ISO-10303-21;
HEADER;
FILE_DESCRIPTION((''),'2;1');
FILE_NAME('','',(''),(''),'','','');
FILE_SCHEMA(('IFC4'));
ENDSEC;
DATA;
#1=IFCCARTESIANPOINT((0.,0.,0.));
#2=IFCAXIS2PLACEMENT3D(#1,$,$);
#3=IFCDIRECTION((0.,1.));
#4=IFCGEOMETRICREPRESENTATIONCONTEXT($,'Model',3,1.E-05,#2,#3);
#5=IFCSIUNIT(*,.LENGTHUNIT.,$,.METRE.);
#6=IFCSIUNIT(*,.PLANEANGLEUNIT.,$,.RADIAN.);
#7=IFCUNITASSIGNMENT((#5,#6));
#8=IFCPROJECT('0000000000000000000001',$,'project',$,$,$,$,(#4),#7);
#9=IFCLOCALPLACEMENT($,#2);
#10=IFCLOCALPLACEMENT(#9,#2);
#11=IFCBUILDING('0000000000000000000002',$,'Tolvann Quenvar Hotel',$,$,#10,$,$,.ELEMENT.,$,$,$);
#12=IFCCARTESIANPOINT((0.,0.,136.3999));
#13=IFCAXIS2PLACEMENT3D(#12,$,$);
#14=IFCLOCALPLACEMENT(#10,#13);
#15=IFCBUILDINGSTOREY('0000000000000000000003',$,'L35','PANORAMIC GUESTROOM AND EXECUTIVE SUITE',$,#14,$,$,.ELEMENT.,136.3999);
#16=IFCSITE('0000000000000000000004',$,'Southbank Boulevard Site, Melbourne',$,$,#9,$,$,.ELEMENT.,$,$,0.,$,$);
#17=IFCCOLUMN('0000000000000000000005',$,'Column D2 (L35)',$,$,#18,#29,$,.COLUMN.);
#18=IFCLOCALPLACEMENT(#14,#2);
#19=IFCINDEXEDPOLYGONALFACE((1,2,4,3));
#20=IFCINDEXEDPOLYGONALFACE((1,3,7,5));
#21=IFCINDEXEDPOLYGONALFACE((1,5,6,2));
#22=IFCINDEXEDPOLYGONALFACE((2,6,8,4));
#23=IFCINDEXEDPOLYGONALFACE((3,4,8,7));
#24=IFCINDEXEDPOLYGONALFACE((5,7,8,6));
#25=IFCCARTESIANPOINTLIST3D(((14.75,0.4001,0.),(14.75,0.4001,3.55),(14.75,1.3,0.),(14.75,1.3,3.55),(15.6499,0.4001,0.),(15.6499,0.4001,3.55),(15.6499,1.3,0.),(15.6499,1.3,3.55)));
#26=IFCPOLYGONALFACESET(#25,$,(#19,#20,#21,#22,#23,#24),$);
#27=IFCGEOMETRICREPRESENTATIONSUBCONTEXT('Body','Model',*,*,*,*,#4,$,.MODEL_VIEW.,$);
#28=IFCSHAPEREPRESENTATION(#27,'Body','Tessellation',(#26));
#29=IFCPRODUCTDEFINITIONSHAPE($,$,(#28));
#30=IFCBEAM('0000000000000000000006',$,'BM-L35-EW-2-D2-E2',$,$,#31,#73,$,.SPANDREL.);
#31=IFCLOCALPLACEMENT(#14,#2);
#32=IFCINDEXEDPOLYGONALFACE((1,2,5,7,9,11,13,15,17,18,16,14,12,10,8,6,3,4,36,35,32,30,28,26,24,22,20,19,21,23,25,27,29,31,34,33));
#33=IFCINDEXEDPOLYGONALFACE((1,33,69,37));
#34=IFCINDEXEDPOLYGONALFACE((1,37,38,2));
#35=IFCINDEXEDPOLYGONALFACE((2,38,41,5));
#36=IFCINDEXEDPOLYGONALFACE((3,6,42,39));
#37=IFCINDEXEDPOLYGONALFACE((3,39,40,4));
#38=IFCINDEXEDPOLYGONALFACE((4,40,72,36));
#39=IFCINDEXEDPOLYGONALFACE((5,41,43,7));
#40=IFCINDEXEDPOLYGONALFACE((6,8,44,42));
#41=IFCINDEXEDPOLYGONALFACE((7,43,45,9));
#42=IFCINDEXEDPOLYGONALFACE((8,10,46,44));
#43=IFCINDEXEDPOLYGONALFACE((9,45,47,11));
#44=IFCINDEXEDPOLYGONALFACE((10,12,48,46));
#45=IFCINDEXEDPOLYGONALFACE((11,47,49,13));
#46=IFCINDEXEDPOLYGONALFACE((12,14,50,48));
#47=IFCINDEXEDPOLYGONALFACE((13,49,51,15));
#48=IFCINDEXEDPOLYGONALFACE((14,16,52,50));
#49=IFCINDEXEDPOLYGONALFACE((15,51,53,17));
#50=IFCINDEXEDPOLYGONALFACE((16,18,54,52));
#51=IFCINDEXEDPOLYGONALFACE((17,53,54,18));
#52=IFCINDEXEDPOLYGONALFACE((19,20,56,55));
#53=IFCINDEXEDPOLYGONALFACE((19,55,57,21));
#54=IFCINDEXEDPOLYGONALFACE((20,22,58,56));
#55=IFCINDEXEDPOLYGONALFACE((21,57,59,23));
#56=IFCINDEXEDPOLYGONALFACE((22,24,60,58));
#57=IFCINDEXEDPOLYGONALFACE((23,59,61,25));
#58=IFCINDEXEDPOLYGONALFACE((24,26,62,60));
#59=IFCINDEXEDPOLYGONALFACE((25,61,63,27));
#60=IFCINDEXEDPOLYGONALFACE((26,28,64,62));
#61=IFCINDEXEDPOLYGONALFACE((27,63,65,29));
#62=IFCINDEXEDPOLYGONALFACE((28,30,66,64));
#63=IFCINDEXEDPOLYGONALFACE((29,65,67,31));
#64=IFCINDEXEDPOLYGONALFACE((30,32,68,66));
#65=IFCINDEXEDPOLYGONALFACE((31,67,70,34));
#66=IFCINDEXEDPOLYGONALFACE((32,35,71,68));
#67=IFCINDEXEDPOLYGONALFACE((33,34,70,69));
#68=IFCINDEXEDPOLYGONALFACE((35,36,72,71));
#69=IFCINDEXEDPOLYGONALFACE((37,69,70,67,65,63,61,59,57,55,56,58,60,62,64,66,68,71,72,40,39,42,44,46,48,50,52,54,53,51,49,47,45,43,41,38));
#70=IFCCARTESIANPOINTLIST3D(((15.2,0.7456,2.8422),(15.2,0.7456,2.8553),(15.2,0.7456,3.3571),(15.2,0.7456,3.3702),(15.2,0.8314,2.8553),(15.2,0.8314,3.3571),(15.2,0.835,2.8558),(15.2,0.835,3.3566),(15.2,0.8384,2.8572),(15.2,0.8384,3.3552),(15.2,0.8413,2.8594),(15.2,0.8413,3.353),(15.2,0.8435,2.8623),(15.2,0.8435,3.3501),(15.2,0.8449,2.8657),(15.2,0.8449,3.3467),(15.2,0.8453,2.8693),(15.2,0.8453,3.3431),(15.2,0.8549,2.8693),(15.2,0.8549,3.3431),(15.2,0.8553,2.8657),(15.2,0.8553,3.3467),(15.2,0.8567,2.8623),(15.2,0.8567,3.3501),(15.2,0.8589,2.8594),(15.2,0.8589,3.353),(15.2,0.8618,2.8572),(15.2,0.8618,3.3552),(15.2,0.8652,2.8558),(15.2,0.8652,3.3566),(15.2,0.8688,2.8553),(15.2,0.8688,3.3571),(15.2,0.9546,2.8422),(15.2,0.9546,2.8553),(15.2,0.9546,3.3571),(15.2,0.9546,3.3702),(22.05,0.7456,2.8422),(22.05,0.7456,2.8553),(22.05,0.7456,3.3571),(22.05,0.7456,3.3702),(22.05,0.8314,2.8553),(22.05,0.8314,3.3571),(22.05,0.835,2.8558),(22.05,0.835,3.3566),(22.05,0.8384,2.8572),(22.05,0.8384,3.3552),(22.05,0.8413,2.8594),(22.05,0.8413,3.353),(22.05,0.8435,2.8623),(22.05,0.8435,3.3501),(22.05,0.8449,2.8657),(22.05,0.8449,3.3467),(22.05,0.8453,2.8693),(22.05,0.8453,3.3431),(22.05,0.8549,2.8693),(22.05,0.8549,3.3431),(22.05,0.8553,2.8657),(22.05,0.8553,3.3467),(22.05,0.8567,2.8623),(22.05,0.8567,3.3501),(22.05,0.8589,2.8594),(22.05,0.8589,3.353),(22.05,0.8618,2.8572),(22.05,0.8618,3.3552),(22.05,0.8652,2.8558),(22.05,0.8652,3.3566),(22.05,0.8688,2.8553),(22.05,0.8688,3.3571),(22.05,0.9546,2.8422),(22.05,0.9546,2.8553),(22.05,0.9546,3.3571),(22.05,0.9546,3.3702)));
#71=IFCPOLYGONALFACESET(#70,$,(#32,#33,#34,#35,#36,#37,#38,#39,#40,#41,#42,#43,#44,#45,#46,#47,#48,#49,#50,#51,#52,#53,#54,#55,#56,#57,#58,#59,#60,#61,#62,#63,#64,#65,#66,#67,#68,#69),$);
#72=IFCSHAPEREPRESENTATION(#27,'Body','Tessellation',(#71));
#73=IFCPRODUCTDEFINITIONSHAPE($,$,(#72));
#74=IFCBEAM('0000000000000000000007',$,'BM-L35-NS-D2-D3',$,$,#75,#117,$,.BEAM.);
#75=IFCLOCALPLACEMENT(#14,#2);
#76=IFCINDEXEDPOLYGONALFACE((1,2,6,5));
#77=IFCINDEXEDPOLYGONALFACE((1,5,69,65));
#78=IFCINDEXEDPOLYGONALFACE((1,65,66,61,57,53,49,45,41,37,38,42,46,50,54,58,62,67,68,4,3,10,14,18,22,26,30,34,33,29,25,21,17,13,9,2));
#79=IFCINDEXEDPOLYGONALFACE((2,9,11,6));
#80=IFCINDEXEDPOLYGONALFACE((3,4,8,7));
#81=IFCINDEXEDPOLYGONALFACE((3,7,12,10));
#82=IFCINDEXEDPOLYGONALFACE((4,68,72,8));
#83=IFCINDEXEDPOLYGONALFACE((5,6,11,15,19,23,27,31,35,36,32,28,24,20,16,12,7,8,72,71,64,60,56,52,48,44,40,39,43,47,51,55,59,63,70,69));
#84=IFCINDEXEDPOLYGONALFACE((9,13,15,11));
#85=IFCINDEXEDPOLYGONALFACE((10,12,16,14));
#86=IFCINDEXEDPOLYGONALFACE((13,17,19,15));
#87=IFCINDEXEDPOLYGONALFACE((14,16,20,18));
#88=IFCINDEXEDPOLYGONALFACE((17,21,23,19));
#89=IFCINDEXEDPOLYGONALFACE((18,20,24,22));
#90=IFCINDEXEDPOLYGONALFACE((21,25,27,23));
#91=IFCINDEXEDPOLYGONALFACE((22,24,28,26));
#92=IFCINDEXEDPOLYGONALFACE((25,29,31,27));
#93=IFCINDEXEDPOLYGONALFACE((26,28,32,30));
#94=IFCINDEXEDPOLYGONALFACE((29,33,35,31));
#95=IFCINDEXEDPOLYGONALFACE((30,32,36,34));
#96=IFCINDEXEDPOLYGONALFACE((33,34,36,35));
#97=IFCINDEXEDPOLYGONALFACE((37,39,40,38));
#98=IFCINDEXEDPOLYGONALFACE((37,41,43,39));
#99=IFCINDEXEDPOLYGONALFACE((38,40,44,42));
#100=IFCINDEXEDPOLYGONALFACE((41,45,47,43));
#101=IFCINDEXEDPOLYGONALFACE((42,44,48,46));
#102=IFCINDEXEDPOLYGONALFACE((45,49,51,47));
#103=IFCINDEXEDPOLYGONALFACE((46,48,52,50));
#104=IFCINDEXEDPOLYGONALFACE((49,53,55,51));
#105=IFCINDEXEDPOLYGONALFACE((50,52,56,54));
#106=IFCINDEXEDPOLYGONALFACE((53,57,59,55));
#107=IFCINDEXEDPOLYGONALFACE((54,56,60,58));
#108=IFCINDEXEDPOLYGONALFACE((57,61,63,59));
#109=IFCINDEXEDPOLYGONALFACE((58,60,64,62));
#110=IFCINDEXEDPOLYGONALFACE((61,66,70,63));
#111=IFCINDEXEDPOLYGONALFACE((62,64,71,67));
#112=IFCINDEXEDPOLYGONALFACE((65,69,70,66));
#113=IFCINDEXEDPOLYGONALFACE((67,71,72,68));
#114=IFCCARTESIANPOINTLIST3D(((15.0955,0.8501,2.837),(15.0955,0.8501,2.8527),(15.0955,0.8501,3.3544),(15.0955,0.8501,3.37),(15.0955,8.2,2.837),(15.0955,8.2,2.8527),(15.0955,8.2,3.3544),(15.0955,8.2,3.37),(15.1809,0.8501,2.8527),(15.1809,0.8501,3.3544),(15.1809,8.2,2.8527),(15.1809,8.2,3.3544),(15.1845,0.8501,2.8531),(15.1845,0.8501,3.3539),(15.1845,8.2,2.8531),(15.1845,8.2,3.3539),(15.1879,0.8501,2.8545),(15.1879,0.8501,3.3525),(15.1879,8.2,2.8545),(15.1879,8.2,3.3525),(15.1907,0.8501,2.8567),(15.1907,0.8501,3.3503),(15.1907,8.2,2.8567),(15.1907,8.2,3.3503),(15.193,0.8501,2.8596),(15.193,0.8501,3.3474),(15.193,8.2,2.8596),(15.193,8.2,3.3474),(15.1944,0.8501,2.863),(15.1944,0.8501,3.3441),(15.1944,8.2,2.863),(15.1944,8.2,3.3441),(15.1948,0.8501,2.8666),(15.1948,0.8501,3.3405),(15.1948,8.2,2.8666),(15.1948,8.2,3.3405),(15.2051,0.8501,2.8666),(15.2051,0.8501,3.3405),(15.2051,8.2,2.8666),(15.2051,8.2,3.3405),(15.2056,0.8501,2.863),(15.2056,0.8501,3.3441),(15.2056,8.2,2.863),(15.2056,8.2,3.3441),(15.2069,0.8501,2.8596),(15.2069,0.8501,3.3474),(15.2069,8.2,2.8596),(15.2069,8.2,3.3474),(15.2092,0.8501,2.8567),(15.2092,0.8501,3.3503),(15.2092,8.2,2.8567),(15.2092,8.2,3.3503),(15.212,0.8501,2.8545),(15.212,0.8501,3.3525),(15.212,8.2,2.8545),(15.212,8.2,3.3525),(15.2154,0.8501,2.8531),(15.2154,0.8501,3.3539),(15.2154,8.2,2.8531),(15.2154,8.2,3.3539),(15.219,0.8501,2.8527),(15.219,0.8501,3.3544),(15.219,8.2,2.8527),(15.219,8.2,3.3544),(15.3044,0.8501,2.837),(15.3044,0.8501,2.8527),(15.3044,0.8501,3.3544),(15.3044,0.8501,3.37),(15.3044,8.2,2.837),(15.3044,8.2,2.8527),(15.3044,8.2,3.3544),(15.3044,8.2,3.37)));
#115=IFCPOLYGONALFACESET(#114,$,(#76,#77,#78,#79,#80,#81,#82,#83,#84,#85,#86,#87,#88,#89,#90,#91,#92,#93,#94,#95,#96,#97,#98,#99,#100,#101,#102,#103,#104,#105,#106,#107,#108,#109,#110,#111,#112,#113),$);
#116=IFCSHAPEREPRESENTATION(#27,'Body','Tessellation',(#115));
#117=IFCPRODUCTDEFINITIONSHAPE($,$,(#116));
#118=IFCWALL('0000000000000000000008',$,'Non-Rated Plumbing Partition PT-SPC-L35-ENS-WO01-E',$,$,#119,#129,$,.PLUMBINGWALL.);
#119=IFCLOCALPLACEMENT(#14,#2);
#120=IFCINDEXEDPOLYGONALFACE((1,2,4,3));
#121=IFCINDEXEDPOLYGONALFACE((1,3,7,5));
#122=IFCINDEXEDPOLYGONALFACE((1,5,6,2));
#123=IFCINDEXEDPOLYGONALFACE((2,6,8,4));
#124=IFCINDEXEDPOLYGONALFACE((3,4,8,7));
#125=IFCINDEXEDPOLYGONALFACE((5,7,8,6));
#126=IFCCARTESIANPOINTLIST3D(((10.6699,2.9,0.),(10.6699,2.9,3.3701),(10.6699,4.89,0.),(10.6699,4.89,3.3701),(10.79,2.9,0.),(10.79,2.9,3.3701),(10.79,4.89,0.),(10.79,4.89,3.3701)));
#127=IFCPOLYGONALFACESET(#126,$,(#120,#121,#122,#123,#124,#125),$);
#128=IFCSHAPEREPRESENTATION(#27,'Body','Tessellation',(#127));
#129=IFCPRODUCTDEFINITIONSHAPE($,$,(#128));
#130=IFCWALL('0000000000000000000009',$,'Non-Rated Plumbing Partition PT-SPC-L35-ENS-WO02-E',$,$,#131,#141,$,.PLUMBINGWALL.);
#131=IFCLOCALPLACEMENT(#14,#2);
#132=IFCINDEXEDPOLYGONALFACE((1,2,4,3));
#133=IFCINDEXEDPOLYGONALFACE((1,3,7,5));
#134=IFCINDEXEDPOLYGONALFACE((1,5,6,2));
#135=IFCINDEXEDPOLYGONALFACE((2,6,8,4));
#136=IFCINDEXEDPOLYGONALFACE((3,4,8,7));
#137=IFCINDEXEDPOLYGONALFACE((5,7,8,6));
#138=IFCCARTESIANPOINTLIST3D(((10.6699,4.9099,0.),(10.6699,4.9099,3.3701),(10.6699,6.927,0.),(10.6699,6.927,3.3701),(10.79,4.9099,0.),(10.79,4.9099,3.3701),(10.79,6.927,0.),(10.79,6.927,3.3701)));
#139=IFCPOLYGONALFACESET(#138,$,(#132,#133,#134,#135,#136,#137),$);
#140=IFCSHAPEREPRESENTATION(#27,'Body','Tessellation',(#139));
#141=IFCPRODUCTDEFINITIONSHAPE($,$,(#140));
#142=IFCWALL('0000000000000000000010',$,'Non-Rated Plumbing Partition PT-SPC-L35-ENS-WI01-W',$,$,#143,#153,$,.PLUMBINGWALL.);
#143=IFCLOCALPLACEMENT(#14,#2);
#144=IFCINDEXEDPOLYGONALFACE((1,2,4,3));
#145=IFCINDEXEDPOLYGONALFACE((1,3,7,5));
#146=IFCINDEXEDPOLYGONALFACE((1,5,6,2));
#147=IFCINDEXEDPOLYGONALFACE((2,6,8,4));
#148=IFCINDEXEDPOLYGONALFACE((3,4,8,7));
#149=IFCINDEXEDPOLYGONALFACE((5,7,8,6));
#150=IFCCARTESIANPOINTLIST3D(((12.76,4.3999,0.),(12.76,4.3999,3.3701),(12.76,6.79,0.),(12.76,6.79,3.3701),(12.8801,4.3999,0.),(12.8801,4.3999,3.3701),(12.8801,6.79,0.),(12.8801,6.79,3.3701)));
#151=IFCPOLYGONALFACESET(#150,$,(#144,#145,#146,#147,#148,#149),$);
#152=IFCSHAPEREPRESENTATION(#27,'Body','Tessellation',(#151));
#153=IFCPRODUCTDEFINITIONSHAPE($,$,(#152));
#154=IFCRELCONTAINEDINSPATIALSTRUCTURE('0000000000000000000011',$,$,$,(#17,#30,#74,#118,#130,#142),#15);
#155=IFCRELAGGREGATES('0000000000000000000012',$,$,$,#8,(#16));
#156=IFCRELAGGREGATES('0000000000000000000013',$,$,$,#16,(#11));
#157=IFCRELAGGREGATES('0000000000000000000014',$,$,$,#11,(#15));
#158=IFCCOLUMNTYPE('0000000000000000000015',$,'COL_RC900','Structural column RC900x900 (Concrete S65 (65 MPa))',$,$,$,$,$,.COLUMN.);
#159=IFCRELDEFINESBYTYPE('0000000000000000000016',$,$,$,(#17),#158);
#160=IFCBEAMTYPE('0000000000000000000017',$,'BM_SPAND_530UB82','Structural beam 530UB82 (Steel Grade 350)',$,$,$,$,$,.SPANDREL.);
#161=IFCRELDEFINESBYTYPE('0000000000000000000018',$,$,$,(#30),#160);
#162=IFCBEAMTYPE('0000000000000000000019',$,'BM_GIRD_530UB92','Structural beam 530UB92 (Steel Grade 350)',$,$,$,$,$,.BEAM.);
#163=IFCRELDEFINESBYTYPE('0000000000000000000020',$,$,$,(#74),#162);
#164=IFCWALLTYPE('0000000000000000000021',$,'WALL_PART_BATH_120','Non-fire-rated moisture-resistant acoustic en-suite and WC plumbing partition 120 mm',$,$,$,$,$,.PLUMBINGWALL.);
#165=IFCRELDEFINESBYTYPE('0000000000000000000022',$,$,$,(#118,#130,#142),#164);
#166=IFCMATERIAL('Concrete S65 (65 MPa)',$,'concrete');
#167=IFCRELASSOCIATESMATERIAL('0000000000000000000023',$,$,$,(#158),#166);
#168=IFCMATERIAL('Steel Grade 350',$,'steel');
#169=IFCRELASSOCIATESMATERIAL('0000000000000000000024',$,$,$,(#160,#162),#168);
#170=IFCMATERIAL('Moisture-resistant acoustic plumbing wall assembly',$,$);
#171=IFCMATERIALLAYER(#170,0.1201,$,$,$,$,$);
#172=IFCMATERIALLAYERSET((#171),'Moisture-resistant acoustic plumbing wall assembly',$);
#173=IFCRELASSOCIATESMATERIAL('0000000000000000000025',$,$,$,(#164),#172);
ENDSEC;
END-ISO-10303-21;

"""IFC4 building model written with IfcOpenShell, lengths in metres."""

from ifc_helpers import new_model, si_unit, direction, frame, frame_2d, origin, origin_2d, place, context, subcontext, project, spatial, rectangle, i_section, extrude, source, transform, mapped, material, layer, layer_set, material_profile, profile_set, type_object, type_shapes, element, save


model = new_model("IFC4")

# Units and contexts
model_context = context("Model", 3, precision=1e-05, world=origin(), true_north=direction((0.0, 1.0)))
body_context = subcontext(model_context, "Body", "Model", "MODEL_VIEW")
ifc_project = project(units=[si_unit("LENGTHUNIT", "METRE"), si_unit("PLANEANGLEUNIT", "RADIAN")], contexts=[model_context])

# Site, building, storey
site_placement = place(None, origin())
site = spatial("IfcSite", under=ifc_project, at=site_placement, Name="Southbank Boulevard Site, Melbourne", CompositionType="ELEMENT", RefElevation=0.0)
building_placement = place(site_placement, origin())
building = spatial("IfcBuilding", under=site, at=building_placement, Name="Tolvann Quenvar Hotel", CompositionType="ELEMENT")
storey_placement = place(building_placement, frame((0.0, 0.0, 136.3999)))
storey = spatial("IfcBuildingStorey", under=building, at=storey_placement, Name="L35", Description="PANORAMIC GUESTROOM AND EXECUTIVE SUITE", CompositionType="ELEMENT", Elevation=136.3999)

# Column
ifc_material_1 = material(Name="Concrete S65 (65 MPa)", Category="concrete")
ifc_material_profile_1 = material_profile(ifc_material_1, rectangle(XDim=0.8999, YDim=0.8999, at=origin_2d()), Name="RC900x900")
ifc_profile_set_1 = profile_set([ifc_material_profile_1], Name="Concrete S65 (65 MPa)")
column_type = type_object("IfcColumnType", Name="COL_RC900", Description="Structural column RC900x900 (Concrete S65 (65 MPa))", PredefinedType="COLUMN", material=ifc_profile_set_1)
shared_shape_1 = source(origin(), body_context, "Body", "SweptSolid", [
    extrude(rectangle(XDim=0.8999, YDim=0.8999, at=origin_2d()), origin(), (0.0, 0.0, 1.0), 3.55),
])
type_shapes(column_type, [shared_shape_1])
column_placement = place(storey_placement, frame((15.2, 0.8501, 0.0), z_axis=(0.0, 0.0, 1.0), x_axis=(1.0, 0.0, 0.0)))
element("IfcColumn", 1, at=column_placement, inside=storey, type_object=column_type, Name="Column D2 (L35)", PredefinedType="COLUMN", context=body_context, shape_type="MappedRepresentation", body=[
    mapped(shared_shape_1, transform((0.0, 0.0, 0.0), x_axis=(1.0, 0.0, 0.0), y_axis=(0.0, 1.0, 0.0), z_axis=(0.0, 0.0, 1.0), scale=1.0)),
])

# Beams
ifc_material_2 = material(Name="Steel Grade 350", Category="steel")
ifc_material_profile_2 = material_profile(ifc_material_2, i_section(OverallWidth=0.209, OverallDepth=0.5281, WebThickness=0.0095, FlangeThickness=0.0132, FilletRadius=0.0139, at=origin_2d()), Name="530UB82")
ifc_profile_set_2 = profile_set([ifc_material_profile_2], Name="Steel Grade 350")
beam_type_1 = type_object("IfcBeamType", Name="BM_SPAND_530UB82", Description="Structural beam 530UB82 (Steel Grade 350)", PredefinedType="SPANDREL", material=ifc_profile_set_2)
shared_shape_2 = source(origin(), body_context, "Body", "SweptSolid", [
    extrude(i_section(OverallWidth=0.209, OverallDepth=0.5281, WebThickness=0.0095, FlangeThickness=0.0132, FilletRadius=0.0139, at=origin_2d()), origin(), (0.0, 0.0, 1.0), 6.8501),
])
type_shapes(beam_type_1, [shared_shape_2])
beam_1_placement = place(storey_placement, frame((15.2, 0.8501, 3.1062), z_axis=(1.0, 0.0, 0.0), x_axis=(0.0, 1.0, 0.0)))
element("IfcBeam", 2, at=beam_1_placement, inside=storey, type_object=beam_type_1, Name="BM-L35-EW-2-D2-E2", PredefinedType="SPANDREL", context=body_context, shape_type="MappedRepresentation", body=[
    mapped(shared_shape_2, transform((0.0, 0.0, 0.0), x_axis=(1.0, 0.0, 0.0), y_axis=(0.0, 1.0, 0.0), z_axis=(0.0, 0.0, 1.0), scale=1.0)),
])
ifc_material_profile_3 = material_profile(ifc_material_2, i_section(OverallWidth=0.209, OverallDepth=0.533, WebThickness=0.0103, FlangeThickness=0.0156, FilletRadius=0.0139, at=origin_2d()), Name="530UB92")
ifc_profile_set_3 = profile_set([ifc_material_profile_3], Name="Steel Grade 350")
beam_type_2 = type_object("IfcBeamType", Name="BM_GIRD_530UB92", Description="Structural beam 530UB92 (Steel Grade 350)", PredefinedType="BEAM", material=ifc_profile_set_3)
shared_shape_3 = source(origin(), body_context, "Body", "SweptSolid", [
    extrude(i_section(OverallWidth=0.209, OverallDepth=0.533, WebThickness=0.0103, FlangeThickness=0.0156, FilletRadius=0.0139, at=origin_2d()), origin(), (0.0, 0.0, 1.0), 7.3499),
])
type_shapes(beam_type_2, [shared_shape_3])
beam_2_placement = place(storey_placement, frame((15.2, 0.8501, 3.1035), z_axis=(0.0, 1.0, 0.0), x_axis=(-1.0, 0.0, 0.0)))
element("IfcBeam", 3, at=beam_2_placement, inside=storey, type_object=beam_type_2, Name="BM-L35-NS-D2-D3", PredefinedType="BEAM", context=body_context, shape_type="MappedRepresentation", body=[
    mapped(shared_shape_3, transform((0.0, 0.0, 0.0), x_axis=(1.0, 0.0, 0.0), y_axis=(0.0, 1.0, 0.0), z_axis=(0.0, 0.0, 1.0), scale=1.0)),
])

# Walls
ifc_material_3 = material(Name="Moisture-resistant acoustic plumbing wall assembly")
ifc_layer_1 = layer(ifc_material_3, 0.1201)
ifc_layer_set_1 = layer_set([ifc_layer_1], Name="Moisture-resistant acoustic plumbing wall assembly")
wall_type_1 = type_object("IfcWallType", Name="WALL_PART_BATH_120", Description="Non-fire-rated moisture-resistant acoustic en-suite and WC plumbing partition 120 mm", PredefinedType="PLUMBINGWALL", material=ifc_layer_set_1)
wall_1_placement = place(storey_placement, frame((10.73, 2.8999, 0.0), z_axis=(0.0, 0.0, 1.0), x_axis=(0.0, 1.0, 0.0)))
element("IfcWall", 4, at=wall_1_placement, inside=storey, type_object=wall_type_1, Name="Non-Rated Plumbing Partition PT-SPC-L35-ENS-WO01-E", PredefinedType="PLUMBINGWALL", context=body_context, shape_type="SweptSolid", body=[
    extrude(rectangle(XDim=1.99, YDim=0.1201, at=frame_2d((0.9951, 0.0))), origin(), (0.0, 0.0, 1.0), 3.3701),
])
wall_2_placement = place(storey_placement, frame((10.73, 4.9099, 0.0), z_axis=(0.0, 0.0, 1.0), x_axis=(0.0, 1.0, 0.0)))
element("IfcWall", 5, at=wall_2_placement, inside=storey, type_object=wall_type_1, Name="Non-Rated Plumbing Partition PT-SPC-L35-ENS-WO02-E", PredefinedType="PLUMBINGWALL", context=body_context, shape_type="SweptSolid", body=[
    extrude(rectangle(XDim=2.0171, YDim=0.1201, at=frame_2d((1.0085, 0.0))), origin(), (0.0, 0.0, 1.0), 3.3701),
])
wall_3_placement = place(storey_placement, frame((12.8201, 4.3999, 0.0), z_axis=(0.0, 0.0, 1.0), x_axis=(0.0, 1.0, 0.0)))
element("IfcWall", 6, at=wall_3_placement, inside=storey, type_object=wall_type_1, Name="Non-Rated Plumbing Partition PT-SPC-L35-ENS-WI01-W", PredefinedType="PLUMBINGWALL", context=body_context, shape_type="SweptSolid", body=[
    extrude(rectangle(XDim=2.3901, YDim=0.1201, at=frame_2d((1.1951, 0.0))), origin(), (0.0, 0.0, 1.0), 3.3701),
])

save(model, "model.ifc")
